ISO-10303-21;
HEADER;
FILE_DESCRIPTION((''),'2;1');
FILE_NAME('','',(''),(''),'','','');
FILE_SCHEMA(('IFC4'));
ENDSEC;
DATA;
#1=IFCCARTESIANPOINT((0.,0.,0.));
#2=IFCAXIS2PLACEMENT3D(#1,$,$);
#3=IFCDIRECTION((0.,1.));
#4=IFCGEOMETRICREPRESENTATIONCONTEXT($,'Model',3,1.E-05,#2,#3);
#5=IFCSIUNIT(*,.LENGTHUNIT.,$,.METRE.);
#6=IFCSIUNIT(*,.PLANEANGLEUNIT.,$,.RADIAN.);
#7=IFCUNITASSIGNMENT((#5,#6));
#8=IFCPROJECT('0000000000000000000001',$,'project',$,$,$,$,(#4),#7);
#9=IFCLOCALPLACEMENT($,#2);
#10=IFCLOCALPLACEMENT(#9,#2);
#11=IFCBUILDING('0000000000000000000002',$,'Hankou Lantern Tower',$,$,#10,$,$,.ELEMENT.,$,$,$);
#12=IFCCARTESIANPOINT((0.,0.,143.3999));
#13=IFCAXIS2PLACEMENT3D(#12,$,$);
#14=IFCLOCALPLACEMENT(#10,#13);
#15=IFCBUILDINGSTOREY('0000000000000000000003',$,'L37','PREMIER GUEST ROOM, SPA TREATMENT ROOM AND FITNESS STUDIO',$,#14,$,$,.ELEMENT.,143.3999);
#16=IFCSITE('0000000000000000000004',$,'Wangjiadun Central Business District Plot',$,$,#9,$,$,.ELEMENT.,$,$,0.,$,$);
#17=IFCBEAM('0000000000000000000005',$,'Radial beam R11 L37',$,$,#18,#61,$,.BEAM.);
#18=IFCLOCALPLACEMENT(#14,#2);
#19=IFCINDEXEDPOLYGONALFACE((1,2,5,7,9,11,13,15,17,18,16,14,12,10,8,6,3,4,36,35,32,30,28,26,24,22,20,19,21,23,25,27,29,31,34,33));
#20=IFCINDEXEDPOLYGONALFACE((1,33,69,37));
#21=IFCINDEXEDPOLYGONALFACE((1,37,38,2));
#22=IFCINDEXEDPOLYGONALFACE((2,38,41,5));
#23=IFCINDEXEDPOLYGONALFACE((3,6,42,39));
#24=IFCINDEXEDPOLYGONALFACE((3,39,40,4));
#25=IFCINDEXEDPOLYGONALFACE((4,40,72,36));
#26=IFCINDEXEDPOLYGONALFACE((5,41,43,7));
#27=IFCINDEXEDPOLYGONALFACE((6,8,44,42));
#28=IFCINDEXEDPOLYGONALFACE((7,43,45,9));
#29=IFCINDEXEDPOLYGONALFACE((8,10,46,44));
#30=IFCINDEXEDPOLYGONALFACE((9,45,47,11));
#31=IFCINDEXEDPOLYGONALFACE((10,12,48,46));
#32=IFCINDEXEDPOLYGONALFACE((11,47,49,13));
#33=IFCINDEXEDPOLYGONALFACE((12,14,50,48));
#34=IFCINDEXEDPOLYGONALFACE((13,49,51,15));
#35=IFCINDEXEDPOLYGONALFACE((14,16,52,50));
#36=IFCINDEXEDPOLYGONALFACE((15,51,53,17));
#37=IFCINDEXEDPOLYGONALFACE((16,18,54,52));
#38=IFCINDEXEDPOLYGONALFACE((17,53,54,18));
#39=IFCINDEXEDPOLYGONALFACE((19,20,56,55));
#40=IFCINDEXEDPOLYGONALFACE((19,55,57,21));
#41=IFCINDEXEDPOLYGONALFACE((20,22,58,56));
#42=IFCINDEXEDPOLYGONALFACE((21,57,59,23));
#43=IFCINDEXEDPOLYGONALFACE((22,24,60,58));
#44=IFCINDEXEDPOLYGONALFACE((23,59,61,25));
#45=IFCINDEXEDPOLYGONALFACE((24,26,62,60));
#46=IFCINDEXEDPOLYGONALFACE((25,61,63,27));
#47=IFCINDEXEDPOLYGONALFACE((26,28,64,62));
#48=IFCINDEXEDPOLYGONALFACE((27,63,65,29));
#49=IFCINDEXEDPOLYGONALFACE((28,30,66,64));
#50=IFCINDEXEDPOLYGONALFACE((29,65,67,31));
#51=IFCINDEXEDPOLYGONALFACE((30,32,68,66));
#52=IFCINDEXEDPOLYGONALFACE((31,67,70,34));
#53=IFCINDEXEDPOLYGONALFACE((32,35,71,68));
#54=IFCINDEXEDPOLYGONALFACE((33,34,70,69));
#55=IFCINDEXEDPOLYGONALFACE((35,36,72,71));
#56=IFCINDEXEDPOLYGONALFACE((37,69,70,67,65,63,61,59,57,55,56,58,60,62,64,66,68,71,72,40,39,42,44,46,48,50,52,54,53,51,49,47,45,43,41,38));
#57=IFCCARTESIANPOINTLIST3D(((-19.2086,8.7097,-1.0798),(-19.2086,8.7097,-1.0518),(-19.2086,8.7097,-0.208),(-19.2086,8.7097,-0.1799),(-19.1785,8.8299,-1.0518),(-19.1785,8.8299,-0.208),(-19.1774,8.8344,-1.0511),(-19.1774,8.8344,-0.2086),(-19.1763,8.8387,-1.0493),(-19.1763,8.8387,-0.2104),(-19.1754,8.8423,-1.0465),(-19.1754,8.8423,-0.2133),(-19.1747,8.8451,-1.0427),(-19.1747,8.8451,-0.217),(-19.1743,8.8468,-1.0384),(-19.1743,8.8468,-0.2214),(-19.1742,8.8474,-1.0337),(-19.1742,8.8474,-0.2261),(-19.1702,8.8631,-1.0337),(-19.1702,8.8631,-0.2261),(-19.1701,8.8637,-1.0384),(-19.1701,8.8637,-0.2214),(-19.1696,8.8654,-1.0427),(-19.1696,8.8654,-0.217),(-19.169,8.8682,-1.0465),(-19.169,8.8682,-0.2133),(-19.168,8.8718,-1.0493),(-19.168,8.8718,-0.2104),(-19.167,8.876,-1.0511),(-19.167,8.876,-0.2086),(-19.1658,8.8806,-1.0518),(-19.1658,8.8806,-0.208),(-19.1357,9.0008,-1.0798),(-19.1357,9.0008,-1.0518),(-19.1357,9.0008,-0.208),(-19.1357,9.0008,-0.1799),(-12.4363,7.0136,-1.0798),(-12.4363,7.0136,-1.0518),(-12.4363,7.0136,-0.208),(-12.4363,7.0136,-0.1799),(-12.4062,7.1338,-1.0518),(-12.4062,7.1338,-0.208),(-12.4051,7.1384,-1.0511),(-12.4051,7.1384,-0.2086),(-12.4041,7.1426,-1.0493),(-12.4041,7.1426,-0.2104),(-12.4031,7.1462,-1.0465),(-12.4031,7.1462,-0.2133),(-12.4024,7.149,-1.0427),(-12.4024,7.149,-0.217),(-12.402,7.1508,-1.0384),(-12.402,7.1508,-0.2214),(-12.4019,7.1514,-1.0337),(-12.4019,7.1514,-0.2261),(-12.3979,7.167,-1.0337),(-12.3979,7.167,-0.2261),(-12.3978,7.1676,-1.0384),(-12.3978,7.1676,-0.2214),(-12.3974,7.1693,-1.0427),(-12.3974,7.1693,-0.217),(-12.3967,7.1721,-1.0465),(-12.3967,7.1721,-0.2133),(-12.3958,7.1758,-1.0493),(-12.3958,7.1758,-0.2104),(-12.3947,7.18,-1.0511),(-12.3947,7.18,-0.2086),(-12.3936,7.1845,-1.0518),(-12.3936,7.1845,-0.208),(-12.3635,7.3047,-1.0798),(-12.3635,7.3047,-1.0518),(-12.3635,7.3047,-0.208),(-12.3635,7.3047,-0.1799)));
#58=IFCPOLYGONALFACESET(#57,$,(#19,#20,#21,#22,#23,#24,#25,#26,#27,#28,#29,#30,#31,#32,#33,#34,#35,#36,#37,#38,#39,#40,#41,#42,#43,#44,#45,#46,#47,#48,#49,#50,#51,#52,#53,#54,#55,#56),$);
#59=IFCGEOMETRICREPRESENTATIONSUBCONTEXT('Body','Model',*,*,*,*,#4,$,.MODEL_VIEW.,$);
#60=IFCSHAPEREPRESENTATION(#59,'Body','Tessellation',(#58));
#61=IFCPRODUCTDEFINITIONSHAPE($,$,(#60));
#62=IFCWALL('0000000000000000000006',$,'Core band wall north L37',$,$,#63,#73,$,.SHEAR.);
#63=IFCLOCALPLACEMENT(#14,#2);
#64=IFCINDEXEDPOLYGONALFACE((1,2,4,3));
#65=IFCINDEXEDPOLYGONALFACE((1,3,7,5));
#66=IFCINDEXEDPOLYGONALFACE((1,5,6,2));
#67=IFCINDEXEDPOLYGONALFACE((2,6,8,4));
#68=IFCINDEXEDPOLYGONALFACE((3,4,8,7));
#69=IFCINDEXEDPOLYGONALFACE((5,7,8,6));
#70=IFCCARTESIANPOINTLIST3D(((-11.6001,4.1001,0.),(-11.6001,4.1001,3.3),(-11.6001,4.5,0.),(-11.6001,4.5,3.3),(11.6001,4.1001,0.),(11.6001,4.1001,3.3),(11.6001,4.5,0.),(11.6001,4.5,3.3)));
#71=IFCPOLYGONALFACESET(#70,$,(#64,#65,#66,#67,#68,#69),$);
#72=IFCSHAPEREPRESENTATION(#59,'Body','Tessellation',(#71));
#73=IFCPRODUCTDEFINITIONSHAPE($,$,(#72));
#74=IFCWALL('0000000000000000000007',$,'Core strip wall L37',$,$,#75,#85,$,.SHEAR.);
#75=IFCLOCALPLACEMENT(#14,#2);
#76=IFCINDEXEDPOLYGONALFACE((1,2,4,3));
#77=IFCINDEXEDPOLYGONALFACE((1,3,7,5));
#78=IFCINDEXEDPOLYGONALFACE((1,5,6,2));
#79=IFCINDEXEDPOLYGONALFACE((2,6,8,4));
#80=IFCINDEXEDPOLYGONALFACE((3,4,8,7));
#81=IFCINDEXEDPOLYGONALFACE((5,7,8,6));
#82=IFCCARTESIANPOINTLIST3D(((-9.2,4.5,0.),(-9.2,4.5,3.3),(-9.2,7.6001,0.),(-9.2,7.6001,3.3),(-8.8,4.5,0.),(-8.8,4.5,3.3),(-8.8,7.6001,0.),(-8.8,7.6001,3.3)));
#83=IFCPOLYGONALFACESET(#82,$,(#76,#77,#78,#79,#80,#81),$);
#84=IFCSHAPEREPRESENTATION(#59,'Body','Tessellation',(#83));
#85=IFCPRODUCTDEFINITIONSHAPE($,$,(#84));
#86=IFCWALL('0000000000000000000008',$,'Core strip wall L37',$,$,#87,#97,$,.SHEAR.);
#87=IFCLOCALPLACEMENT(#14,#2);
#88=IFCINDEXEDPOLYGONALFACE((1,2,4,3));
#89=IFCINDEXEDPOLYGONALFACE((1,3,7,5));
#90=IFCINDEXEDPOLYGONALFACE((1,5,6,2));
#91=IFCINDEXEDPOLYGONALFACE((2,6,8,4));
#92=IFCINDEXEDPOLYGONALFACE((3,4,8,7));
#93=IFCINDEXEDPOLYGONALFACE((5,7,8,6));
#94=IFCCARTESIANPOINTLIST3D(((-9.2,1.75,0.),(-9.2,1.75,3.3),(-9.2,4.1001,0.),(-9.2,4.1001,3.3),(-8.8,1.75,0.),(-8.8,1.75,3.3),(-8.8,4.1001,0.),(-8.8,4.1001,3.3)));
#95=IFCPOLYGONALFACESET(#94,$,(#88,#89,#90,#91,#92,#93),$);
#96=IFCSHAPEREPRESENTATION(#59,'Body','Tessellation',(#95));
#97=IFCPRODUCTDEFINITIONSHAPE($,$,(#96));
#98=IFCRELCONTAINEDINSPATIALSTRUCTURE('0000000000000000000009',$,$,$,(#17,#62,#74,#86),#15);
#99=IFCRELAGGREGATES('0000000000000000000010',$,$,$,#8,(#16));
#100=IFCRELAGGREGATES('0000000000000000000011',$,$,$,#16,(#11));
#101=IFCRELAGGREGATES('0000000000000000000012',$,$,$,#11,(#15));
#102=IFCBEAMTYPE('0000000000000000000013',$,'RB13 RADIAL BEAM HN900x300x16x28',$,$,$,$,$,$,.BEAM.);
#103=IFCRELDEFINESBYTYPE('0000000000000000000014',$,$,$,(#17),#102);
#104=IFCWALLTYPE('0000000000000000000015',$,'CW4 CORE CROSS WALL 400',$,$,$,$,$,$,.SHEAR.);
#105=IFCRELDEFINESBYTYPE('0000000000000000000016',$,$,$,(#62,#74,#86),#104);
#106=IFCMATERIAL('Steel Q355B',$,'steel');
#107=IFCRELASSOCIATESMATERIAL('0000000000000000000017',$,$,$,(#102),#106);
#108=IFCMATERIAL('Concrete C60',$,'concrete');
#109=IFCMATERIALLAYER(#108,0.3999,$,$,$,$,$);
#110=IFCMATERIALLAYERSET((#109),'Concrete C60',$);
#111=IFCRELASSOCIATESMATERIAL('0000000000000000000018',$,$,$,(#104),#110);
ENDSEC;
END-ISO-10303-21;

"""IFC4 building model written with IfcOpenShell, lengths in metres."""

from ifc_helpers import new_model, si_unit, direction, frame, frame_2d, origin, origin_2d, place, context, subcontext, project, spatial, rectangle, i_section, extrude, material, layer, layer_set, material_profile, profile_set, type_object, element, save


model = new_model("IFC4")

# Units and contexts
model_context = context("Model", 3, precision=1e-05, world=origin(), true_north=direction((0.0, 1.0)))
body_context = subcontext(model_context, "Body", "Model", "MODEL_VIEW")
ifc_project = project(units=[si_unit("LENGTHUNIT", "METRE"), si_unit("PLANEANGLEUNIT", "RADIAN")], contexts=[model_context])

# Site, building, storey
site_placement = place(None, origin())
site = spatial("IfcSite", under=ifc_project, at=site_placement, Name="Wangjiadun Central Business District Plot", CompositionType="ELEMENT", RefElevation=0.0)
building_placement = place(site_placement, origin())
building = spatial("IfcBuilding", under=site, at=building_placement, Name="Hankou Lantern Tower", CompositionType="ELEMENT")
storey_placement = place(building_placement, frame((0.0, 0.0, 143.3999)))
storey = spatial("IfcBuildingStorey", under=building, at=storey_placement, Name="L37", Description="PREMIER GUEST ROOM, SPA TREATMENT ROOM AND FITNESS STUDIO", CompositionType="ELEMENT", Elevation=143.3999)

# Beam
ifc_material_1 = material(Name="Steel Q355B", Category="steel")
ifc_material_profile = material_profile(ifc_material_1, i_section(OverallWidth=0.3, OverallDepth=0.8999, WebThickness=0.0161, FlangeThickness=0.0281, FilletRadius=0.0181, at=origin_2d()), Name="HN900x300x16x28")
ifc_profile_set = profile_set([ifc_material_profile], Name="Steel Q355B")
beam_type = type_object("IfcBeamType", Name="RB13 RADIAL BEAM HN900x300x16x28", PredefinedType="BEAM", material=ifc_profile_set)
beam_placement = place(storey_placement, frame((-12.3999, 7.1592, -0.6299), z_axis=(-0.970042, 0.242939, 0.0), x_axis=(-0.242939, -0.970042, 0.0)))
element("IfcBeam", 1, at=beam_placement, inside=storey, type_object=beam_type, Name="Radial beam R11 L37", PredefinedType="BEAM", context=body_context, shape_type="SweptSolid", body=[
    extrude(i_section(OverallWidth=0.3, OverallDepth=0.8999, WebThickness=0.0161, FlangeThickness=0.0281, FilletRadius=0.0181, at=origin_2d()), origin(), (0.0, 0.0, 1.0), 6.9814),
])

# Walls
ifc_material_2 = material(Name="Concrete C60", Category="concrete")
ifc_layer_1 = layer(ifc_material_2, 0.3999)
ifc_layer_set_1 = layer_set([ifc_layer_1], Name="Concrete C60")
wall_type_1 = type_object("IfcWallType", Name="CW4 CORE CROSS WALL 400", PredefinedType="SHEAR", material=ifc_layer_set_1)
wall_1_placement = place(storey_placement, frame((-11.6001, 4.3, 0.0), z_axis=(0.0, 0.0, 1.0), x_axis=(1.0, 0.0, 0.0)))
element("IfcWall", 2, at=wall_1_placement, inside=storey, type_object=wall_type_1, Name="Core band wall north L37", PredefinedType="SHEAR", context=body_context, shape_type="SweptSolid", body=[
    extrude(rectangle(XDim=23.2002, YDim=0.3999, at=frame_2d((11.6001, 0.0))), origin(), (0.0, 0.0, 1.0), 3.3),
])
wall_2_placement = place(storey_placement, frame((-9.0, 4.5, 0.0), z_axis=(0.0, 0.0, 1.0), x_axis=(0.0, 1.0, 0.0)))
element("IfcWall", 3, at=wall_2_placement, inside=storey, type_object=wall_type_1, Name="Core strip wall L37", PredefinedType="SHEAR", context=body_context, shape_type="SweptSolid", body=[
    extrude(rectangle(XDim=3.1001, YDim=0.3999, at=frame_2d((1.55, 0.0))), origin(), (0.0, 0.0, 1.0), 3.3),
])
wall_3_placement = place(storey_placement, frame((-9.0, 1.75, 0.0), z_axis=(0.0, 0.0, 1.0), x_axis=(0.0, 1.0, 0.0)))
element("IfcWall", 4, at=wall_3_placement, inside=storey, type_object=wall_type_1, Name="Core strip wall L37", PredefinedType="SHEAR", context=body_context, shape_type="SweptSolid", body=[
    extrude(rectangle(XDim=2.3501, YDim=0.3999, at=frame_2d((1.175, 0.0))), origin(), (0.0, 0.0, 1.0), 3.3),
])

save(model, "model.ifc")
